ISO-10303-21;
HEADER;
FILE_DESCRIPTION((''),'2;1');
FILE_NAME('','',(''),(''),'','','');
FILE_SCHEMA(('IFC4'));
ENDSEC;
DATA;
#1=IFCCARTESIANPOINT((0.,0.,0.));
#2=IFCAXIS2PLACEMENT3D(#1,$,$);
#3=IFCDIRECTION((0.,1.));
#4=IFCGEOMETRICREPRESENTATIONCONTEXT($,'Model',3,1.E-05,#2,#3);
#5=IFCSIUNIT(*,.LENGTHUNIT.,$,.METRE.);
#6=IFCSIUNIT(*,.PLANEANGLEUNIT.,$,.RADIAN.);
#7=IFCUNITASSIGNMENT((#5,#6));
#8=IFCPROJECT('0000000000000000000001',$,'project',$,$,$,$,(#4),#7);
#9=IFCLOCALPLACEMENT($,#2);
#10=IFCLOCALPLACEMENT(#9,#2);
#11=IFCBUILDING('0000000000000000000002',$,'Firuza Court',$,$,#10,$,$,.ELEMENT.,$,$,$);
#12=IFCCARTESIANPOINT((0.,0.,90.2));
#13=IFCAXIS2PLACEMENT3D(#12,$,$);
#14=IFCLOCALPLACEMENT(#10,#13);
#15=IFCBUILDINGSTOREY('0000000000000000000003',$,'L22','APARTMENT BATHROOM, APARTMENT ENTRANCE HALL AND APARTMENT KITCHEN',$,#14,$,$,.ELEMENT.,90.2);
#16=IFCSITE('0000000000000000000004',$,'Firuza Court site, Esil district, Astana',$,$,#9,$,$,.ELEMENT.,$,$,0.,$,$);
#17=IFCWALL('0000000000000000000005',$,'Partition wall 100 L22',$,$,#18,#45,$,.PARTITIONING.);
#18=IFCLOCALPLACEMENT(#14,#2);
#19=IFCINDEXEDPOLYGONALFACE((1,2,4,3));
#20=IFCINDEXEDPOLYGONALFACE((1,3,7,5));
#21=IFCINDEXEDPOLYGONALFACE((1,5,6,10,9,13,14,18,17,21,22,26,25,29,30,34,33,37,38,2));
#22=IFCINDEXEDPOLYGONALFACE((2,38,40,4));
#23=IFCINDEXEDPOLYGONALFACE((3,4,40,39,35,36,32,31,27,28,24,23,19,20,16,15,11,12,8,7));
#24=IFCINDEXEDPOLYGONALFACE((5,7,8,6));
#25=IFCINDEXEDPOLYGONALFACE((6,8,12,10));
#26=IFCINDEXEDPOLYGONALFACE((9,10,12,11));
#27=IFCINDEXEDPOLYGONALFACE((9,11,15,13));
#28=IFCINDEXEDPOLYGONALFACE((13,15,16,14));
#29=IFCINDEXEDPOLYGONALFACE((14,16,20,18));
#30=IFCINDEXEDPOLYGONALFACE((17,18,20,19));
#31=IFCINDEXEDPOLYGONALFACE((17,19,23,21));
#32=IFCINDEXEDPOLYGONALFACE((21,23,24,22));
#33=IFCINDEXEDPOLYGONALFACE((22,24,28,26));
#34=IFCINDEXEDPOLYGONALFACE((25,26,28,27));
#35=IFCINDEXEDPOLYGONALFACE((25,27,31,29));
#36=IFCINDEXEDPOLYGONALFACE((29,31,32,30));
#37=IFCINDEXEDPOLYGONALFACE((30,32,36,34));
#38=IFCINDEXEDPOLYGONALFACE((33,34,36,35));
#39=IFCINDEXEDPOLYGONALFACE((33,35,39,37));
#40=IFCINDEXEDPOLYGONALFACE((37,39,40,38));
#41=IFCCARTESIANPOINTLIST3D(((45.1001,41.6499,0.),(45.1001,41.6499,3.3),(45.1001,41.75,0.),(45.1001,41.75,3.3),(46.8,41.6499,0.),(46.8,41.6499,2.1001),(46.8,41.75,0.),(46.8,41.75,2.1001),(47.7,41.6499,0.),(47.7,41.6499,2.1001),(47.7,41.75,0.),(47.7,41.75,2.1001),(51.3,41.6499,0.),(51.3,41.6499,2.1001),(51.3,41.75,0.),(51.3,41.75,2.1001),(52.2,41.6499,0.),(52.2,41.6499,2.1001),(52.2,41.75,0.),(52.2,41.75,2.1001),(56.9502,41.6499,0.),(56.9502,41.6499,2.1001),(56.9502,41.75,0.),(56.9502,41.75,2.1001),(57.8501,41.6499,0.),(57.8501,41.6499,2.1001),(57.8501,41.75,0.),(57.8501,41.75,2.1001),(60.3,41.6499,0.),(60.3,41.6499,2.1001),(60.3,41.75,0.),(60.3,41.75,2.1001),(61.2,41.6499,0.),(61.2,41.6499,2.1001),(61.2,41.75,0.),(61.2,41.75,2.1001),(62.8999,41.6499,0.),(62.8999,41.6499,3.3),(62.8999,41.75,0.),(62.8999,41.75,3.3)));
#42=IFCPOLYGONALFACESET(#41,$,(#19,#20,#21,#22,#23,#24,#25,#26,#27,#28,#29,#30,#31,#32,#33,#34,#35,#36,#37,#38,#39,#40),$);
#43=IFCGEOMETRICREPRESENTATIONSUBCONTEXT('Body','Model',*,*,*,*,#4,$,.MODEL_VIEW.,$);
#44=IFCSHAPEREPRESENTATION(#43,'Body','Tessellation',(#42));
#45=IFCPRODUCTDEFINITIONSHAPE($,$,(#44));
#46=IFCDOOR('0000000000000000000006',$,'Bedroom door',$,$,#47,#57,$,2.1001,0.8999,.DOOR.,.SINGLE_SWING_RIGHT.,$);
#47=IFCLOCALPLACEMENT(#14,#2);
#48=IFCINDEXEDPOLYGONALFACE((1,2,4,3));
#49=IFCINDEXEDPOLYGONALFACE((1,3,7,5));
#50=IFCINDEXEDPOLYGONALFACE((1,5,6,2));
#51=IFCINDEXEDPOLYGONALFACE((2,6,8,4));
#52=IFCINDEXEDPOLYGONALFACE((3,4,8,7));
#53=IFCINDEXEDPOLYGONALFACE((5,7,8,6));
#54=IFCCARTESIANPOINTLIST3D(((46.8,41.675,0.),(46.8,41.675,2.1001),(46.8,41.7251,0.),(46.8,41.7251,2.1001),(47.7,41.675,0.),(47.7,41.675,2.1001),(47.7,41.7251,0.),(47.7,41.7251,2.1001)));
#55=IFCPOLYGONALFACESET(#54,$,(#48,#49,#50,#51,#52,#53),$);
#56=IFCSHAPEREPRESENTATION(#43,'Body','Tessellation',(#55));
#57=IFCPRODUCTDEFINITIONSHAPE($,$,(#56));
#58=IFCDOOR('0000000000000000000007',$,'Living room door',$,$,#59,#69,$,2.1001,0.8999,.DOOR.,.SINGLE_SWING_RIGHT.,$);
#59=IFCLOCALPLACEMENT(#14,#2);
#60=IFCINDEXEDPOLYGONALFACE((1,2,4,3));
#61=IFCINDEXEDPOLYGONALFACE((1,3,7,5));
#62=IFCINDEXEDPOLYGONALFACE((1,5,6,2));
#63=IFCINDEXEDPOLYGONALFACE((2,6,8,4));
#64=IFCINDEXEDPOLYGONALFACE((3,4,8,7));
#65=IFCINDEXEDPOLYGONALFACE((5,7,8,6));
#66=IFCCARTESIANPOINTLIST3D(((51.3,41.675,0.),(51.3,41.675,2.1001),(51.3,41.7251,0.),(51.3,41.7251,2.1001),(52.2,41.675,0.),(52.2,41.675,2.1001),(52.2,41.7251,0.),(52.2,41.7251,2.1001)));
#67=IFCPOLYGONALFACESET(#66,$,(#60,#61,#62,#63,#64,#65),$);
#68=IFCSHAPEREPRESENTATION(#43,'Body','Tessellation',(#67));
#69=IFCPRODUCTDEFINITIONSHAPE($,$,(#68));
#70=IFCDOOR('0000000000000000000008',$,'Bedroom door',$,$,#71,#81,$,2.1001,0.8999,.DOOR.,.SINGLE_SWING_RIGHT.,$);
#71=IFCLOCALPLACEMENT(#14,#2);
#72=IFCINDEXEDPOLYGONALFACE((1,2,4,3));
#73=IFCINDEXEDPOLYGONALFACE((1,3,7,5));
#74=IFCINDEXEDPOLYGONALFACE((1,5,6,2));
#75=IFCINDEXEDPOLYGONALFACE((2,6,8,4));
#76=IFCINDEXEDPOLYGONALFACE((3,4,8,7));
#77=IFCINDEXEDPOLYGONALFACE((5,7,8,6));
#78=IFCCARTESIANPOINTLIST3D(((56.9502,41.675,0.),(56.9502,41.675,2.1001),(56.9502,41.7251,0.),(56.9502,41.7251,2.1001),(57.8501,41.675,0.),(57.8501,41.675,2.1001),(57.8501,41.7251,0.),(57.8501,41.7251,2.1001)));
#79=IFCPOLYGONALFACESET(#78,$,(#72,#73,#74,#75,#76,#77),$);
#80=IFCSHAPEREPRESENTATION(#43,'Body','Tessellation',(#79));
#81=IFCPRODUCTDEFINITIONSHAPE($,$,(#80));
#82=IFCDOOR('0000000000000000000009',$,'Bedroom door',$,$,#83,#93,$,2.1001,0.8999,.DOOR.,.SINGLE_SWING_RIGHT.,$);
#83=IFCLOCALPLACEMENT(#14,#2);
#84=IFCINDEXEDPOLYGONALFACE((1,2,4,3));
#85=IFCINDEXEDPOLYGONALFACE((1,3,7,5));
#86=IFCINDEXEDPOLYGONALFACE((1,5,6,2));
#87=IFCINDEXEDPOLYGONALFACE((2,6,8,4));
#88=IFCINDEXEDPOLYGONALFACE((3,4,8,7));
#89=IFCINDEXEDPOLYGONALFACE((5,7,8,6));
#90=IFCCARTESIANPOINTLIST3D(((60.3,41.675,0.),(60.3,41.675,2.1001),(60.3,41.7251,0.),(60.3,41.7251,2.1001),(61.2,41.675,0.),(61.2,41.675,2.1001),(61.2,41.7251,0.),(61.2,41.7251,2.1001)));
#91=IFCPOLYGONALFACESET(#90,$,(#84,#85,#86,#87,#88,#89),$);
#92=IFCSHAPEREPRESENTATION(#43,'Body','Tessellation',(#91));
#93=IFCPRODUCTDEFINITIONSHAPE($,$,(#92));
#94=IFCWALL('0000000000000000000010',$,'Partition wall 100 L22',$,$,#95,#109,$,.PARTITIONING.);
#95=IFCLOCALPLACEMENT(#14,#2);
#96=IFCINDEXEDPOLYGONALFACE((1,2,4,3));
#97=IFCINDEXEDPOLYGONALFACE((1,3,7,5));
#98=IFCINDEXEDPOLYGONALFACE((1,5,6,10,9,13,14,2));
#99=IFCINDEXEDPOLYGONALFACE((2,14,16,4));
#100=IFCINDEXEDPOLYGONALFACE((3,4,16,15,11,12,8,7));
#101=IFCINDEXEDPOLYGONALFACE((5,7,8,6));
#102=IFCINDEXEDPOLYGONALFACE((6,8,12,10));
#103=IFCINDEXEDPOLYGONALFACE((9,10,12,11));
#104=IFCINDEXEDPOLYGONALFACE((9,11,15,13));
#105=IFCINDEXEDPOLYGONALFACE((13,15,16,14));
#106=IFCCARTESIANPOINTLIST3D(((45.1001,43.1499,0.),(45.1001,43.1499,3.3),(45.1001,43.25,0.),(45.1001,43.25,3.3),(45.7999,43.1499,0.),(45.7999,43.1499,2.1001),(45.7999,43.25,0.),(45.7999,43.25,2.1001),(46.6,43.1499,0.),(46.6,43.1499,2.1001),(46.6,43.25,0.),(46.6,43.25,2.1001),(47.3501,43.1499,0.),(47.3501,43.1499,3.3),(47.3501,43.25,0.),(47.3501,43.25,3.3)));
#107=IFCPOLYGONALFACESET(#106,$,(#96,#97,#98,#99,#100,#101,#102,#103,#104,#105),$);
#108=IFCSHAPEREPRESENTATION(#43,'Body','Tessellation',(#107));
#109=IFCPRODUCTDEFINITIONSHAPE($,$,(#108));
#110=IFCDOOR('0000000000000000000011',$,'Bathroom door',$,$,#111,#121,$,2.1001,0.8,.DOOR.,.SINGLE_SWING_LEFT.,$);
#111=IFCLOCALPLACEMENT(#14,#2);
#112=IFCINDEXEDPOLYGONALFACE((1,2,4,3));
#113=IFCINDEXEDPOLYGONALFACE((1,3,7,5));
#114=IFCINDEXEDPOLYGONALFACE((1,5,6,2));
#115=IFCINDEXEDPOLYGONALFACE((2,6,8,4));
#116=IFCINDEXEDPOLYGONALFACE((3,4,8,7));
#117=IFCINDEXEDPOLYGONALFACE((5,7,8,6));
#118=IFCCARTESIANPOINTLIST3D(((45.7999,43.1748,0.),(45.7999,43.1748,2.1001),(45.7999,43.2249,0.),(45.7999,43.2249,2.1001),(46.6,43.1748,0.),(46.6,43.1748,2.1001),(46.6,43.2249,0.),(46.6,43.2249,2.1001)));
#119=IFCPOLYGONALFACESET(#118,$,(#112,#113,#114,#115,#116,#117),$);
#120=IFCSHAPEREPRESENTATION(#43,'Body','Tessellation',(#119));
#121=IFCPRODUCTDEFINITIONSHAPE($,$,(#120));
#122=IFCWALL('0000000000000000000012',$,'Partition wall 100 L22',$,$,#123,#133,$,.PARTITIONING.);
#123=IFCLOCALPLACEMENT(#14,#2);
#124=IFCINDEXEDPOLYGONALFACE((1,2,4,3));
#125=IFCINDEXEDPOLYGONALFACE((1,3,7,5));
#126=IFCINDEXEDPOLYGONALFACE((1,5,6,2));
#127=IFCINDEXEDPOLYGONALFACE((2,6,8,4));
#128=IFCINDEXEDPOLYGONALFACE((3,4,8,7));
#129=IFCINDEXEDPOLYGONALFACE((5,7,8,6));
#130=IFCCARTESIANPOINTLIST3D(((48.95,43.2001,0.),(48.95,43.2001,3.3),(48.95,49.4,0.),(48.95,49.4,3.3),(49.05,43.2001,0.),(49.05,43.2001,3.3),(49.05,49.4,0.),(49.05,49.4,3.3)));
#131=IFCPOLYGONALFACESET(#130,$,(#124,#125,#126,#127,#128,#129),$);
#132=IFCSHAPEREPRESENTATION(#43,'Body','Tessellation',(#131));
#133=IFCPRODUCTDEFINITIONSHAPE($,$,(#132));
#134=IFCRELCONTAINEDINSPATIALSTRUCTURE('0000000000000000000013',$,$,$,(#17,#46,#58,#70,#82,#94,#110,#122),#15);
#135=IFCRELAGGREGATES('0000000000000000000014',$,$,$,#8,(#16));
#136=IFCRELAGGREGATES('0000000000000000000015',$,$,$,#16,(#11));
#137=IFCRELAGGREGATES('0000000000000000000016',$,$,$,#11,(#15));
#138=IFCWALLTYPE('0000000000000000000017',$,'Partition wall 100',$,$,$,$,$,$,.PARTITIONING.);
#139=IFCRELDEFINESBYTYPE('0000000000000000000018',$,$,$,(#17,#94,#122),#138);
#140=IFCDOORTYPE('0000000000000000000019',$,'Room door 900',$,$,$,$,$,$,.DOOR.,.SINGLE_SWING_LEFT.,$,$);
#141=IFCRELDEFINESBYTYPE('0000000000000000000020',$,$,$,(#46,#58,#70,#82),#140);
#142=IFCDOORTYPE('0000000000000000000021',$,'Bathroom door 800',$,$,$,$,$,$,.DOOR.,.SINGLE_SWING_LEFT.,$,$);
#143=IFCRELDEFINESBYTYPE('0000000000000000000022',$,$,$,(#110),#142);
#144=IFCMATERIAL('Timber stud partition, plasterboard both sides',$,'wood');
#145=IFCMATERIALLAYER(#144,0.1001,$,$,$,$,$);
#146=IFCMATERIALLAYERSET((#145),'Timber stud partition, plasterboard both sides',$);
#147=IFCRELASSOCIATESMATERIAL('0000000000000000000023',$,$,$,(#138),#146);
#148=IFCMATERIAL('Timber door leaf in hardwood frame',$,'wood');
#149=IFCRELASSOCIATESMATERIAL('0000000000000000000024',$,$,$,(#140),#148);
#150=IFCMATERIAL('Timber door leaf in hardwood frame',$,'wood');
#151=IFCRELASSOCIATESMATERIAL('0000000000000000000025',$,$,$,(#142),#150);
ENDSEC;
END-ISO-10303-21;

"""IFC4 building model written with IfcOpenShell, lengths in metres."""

from ifc_helpers import new_model, si_unit, direction, frame, frame_2d, origin, place, context, subcontext, project, spatial, rectangle, extrude, material, layer, layer_set, type_object, element, fill, save


model = new_model("IFC4")

# Units and contexts
model_context = context("Model", 3, precision=1e-05, world=origin(), true_north=direction((0.0, 1.0)))
body_context = subcontext(model_context, "Body", "Model", "MODEL_VIEW")
ifc_project = project(units=[si_unit("LENGTHUNIT", "METRE"), si_unit("PLANEANGLEUNIT", "RADIAN")], contexts=[model_context])

# Site, building, storey
site_placement = place(None, origin())
site = spatial("IfcSite", under=ifc_project, at=site_placement, Name="Firuza Court site, Esil district, Astana", CompositionType="ELEMENT", RefElevation=0.0)
building_placement = place(site_placement, origin())
building = spatial("IfcBuilding", under=site, at=building_placement, Name="Firuza Court", CompositionType="ELEMENT")
storey_placement = place(building_placement, frame((0.0, 0.0, 90.2)))
storey = spatial("IfcBuildingStorey", under=building, at=storey_placement, Name="L22", Description="APARTMENT BATHROOM, APARTMENT ENTRANCE HALL AND APARTMENT KITCHEN", CompositionType="ELEMENT", Elevation=90.2)

# Wall, openings, doors
ifc_material_1 = material(Name="Timber stud partition, plasterboard both sides", Category="wood")
ifc_layer_1 = layer(ifc_material_1, 0.1001)
ifc_layer_set_1 = layer_set([ifc_layer_1], Name="Timber stud partition, plasterboard both sides")
wall_type_1 = type_object("IfcWallType", Name="Partition wall 100", PredefinedType="PARTITIONING", material=ifc_layer_set_1)
wall_1_placement = place(storey_placement, frame((45.1001, 41.7, 0.0), z_axis=(0.0, 0.0, 1.0), x_axis=(1.0, 0.0, 0.0)))
wall_1 = element("IfcWall", 1, at=wall_1_placement, inside=storey, type_object=wall_type_1, Name="Partition wall 100 L22", PredefinedType="PARTITIONING", context=body_context, shape_type="SweptSolid", body=[
    extrude(rectangle(XDim=17.7998, YDim=0.1001, at=frame_2d((8.8999, 0.0))), origin(), (0.0, 0.0, 1.0), 3.3),
])
opening_1_placement = place(wall_1_placement, frame((1.7, 0.0, 0.0)))
opening_1 = element("IfcOpeningElement", 2, at=opening_1_placement, cuts=wall_1, PredefinedType="OPENING", context=body_context, shape_type="SweptSolid", body=[
    extrude(rectangle(XDim=0.8999, YDim=2.1001, at=frame_2d((0.45, 1.05))), frame((0.0, 0.062, 0.0), z_axis=(0.0, -1.0, 0.0), x_axis=(1.0, 0.0, 0.0)), (0.0, 0.0, 1.0), 0.124),
])
opening_2_placement = place(wall_1_placement, frame((6.2, 0.0, 0.0)))
opening_2 = element("IfcOpeningElement", 3, at=opening_2_placement, cuts=wall_1, PredefinedType="OPENING", context=body_context, shape_type="SweptSolid", body=[
    extrude(rectangle(XDim=0.8999, YDim=2.1001, at=frame_2d((0.45, 1.05))), frame((0.0, 0.062, 0.0), z_axis=(0.0, -1.0, 0.0), x_axis=(1.0, 0.0, 0.0)), (0.0, 0.0, 1.0), 0.124),
])
opening_3_placement = place(wall_1_placement, frame((11.8501, 0.0, 0.0)))
opening_3 = element("IfcOpeningElement", 4, at=opening_3_placement, cuts=wall_1, PredefinedType="OPENING", context=body_context, shape_type="SweptSolid", body=[
    extrude(rectangle(XDim=0.8999, YDim=2.1001, at=frame_2d((0.45, 1.05))), frame((0.0, 0.062, 0.0), z_axis=(0.0, -1.0, 0.0), x_axis=(1.0, 0.0, 0.0)), (0.0, 0.0, 1.0), 0.124),
])
opening_4_placement = place(wall_1_placement, frame((15.2, 0.0, 0.0)))
opening_4 = element("IfcOpeningElement", 5, at=opening_4_placement, cuts=wall_1, PredefinedType="OPENING", context=body_context, shape_type="SweptSolid", body=[
    extrude(rectangle(XDim=0.8999, YDim=2.1001, at=frame_2d((0.45, 1.05))), frame((0.0, 0.062, 0.0), z_axis=(0.0, -1.0, 0.0), x_axis=(1.0, 0.0, 0.0)), (0.0, 0.0, 1.0), 0.124),
])
ifc_material_2 = material(Name="Timber door leaf in hardwood frame", Category="wood")
door_type_1 = type_object("IfcDoorType", Name="Room door 900", OperationType="SINGLE_SWING_LEFT", PredefinedType="DOOR", material=ifc_material_2)
door_1_placement = place(opening_1_placement, frame((0.8999, 0.0, 0.0), z_axis=(0.0, 0.0, 1.0), x_axis=(-1.0, 0.0, 0.0)))
door_1 = element("IfcDoor", 6, at=door_1_placement, inside=storey, type_object=door_type_1, Name="Bedroom door", OperationType="SINGLE_SWING_RIGHT", OverallHeight=2.1001, OverallWidth=0.8999, PredefinedType="DOOR", context=body_context, shape_type="SweptSolid", body=[
    extrude(rectangle(XDim=0.8999, YDim=2.1001, at=frame_2d((0.45, 1.05))), frame((0.0, 0.0249, 0.0), z_axis=(0.0, -1.0, 0.0), x_axis=(1.0, 0.0, 0.0)), (0.0, 0.0, 1.0), 0.05),
])
fill(opening_1, door_1)
door_2_placement = place(opening_2_placement, frame((0.8999, 0.0, 0.0), z_axis=(0.0, 0.0, 1.0), x_axis=(-1.0, 0.0, 0.0)))
door_2 = element("IfcDoor", 7, at=door_2_placement, inside=storey, type_object=door_type_1, Name="Living room door", OperationType="SINGLE_SWING_RIGHT", OverallHeight=2.1001, OverallWidth=0.8999, PredefinedType="DOOR", context=body_context, shape_type="SweptSolid", body=[
    extrude(rectangle(XDim=0.8999, YDim=2.1001, at=frame_2d((0.45, 1.05))), frame((0.0, 0.0249, 0.0), z_axis=(0.0, -1.0, 0.0), x_axis=(1.0, 0.0, 0.0)), (0.0, 0.0, 1.0), 0.05),
])
fill(opening_2, door_2)
door_3_placement = place(opening_3_placement, frame((0.8999, 0.0, 0.0), z_axis=(0.0, 0.0, 1.0), x_axis=(-1.0, 0.0, 0.0)))
door_3 = element("IfcDoor", 8, at=door_3_placement, inside=storey, type_object=door_type_1, Name="Bedroom door", OperationType="SINGLE_SWING_RIGHT", OverallHeight=2.1001, OverallWidth=0.8999, PredefinedType="DOOR", context=body_context, shape_type="SweptSolid", body=[
    extrude(rectangle(XDim=0.8999, YDim=2.1001, at=frame_2d((0.45, 1.05))), frame((0.0, 0.0249, 0.0), z_axis=(0.0, -1.0, 0.0), x_axis=(1.0, 0.0, 0.0)), (0.0, 0.0, 1.0), 0.05),
])
fill(opening_3, door_3)
door_4_placement = place(opening_4_placement, frame((0.8999, 0.0, 0.0), z_axis=(0.0, 0.0, 1.0), x_axis=(-1.0, 0.0, 0.0)))
door_4 = element("IfcDoor", 9, at=door_4_placement, inside=storey, type_object=door_type_1, Name="Bedroom door", OperationType="SINGLE_SWING_RIGHT", OverallHeight=2.1001, OverallWidth=0.8999, PredefinedType="DOOR", context=body_context, shape_type="SweptSolid", body=[
    extrude(rectangle(XDim=0.8999, YDim=2.1001, at=frame_2d((0.45, 1.05))), frame((0.0, 0.0249, 0.0), z_axis=(0.0, -1.0, 0.0), x_axis=(1.0, 0.0, 0.0)), (0.0, 0.0, 1.0), 0.05),
])
fill(opening_4, door_4)

# Wall, opening, door
wall_2_placement = place(storey_placement, frame((45.1001, 43.2, 0.0), z_axis=(0.0, 0.0, 1.0), x_axis=(1.0, 0.0, 0.0)))
wall_2 = element("IfcWall", 10, at=wall_2_placement, inside=storey, type_object=wall_type_1, Name="Partition wall 100 L22", PredefinedType="PARTITIONING", context=body_context, shape_type="SweptSolid", body=[
    extrude(rectangle(XDim=2.25, YDim=0.1001, at=frame_2d((1.125, 0.0))), origin(), (0.0, 0.0, 1.0), 3.3),
])
opening_5_placement = place(wall_2_placement, frame((0.7, 0.0, 0.0)))
opening_5 = element("IfcOpeningElement", 11, at=opening_5_placement, cuts=wall_2, PredefinedType="OPENING", context=body_context, shape_type="SweptSolid", body=[
    extrude(rectangle(XDim=0.8, YDim=2.1001, at=frame_2d((0.3999, 1.05))), frame((0.0, 0.062, 0.0), z_axis=(0.0, -1.0, 0.0), x_axis=(1.0, 0.0, 0.0)), (0.0, 0.0, 1.0), 0.124),
])
ifc_material_3 = material(Name="Timber door leaf in hardwood frame", Category="wood")
door_type_2 = type_object("IfcDoorType", Name="Bathroom door 800", OperationType="SINGLE_SWING_LEFT", PredefinedType="DOOR", material=ifc_material_3)
door_5_placement = place(opening_5_placement, origin())
door_5 = element("IfcDoor", 12, at=door_5_placement, inside=storey, type_object=door_type_2, Name="Bathroom door", OperationType="SINGLE_SWING_LEFT", OverallHeight=2.1001, OverallWidth=0.8, PredefinedType="DOOR", context=body_context, shape_type="SweptSolid", body=[
    extrude(rectangle(XDim=0.8, YDim=2.1001, at=frame_2d((0.3999, 1.05))), frame((0.0, 0.0249, 0.0), z_axis=(0.0, -1.0, 0.0), x_axis=(1.0, 0.0, 0.0)), (0.0, 0.0, 1.0), 0.05),
])
fill(opening_5, door_5)

# Wall
wall_3_placement = place(storey_placement, frame((49.0, 43.2, 0.0), z_axis=(0.0, 0.0, 1.0), x_axis=(0.0, 1.0, 0.0)))
element("IfcWall", 13, at=wall_3_placement, inside=storey, type_object=wall_type_1, Name="Partition wall 100 L22", PredefinedType="PARTITIONING", context=body_context, shape_type="SweptSolid", body=[
    extrude(rectangle(XDim=6.2, YDim=0.1001, at=frame_2d((3.1001, 0.0))), origin(), (0.0, 0.0, 1.0), 3.3),
])

save(model, "model.ifc")
